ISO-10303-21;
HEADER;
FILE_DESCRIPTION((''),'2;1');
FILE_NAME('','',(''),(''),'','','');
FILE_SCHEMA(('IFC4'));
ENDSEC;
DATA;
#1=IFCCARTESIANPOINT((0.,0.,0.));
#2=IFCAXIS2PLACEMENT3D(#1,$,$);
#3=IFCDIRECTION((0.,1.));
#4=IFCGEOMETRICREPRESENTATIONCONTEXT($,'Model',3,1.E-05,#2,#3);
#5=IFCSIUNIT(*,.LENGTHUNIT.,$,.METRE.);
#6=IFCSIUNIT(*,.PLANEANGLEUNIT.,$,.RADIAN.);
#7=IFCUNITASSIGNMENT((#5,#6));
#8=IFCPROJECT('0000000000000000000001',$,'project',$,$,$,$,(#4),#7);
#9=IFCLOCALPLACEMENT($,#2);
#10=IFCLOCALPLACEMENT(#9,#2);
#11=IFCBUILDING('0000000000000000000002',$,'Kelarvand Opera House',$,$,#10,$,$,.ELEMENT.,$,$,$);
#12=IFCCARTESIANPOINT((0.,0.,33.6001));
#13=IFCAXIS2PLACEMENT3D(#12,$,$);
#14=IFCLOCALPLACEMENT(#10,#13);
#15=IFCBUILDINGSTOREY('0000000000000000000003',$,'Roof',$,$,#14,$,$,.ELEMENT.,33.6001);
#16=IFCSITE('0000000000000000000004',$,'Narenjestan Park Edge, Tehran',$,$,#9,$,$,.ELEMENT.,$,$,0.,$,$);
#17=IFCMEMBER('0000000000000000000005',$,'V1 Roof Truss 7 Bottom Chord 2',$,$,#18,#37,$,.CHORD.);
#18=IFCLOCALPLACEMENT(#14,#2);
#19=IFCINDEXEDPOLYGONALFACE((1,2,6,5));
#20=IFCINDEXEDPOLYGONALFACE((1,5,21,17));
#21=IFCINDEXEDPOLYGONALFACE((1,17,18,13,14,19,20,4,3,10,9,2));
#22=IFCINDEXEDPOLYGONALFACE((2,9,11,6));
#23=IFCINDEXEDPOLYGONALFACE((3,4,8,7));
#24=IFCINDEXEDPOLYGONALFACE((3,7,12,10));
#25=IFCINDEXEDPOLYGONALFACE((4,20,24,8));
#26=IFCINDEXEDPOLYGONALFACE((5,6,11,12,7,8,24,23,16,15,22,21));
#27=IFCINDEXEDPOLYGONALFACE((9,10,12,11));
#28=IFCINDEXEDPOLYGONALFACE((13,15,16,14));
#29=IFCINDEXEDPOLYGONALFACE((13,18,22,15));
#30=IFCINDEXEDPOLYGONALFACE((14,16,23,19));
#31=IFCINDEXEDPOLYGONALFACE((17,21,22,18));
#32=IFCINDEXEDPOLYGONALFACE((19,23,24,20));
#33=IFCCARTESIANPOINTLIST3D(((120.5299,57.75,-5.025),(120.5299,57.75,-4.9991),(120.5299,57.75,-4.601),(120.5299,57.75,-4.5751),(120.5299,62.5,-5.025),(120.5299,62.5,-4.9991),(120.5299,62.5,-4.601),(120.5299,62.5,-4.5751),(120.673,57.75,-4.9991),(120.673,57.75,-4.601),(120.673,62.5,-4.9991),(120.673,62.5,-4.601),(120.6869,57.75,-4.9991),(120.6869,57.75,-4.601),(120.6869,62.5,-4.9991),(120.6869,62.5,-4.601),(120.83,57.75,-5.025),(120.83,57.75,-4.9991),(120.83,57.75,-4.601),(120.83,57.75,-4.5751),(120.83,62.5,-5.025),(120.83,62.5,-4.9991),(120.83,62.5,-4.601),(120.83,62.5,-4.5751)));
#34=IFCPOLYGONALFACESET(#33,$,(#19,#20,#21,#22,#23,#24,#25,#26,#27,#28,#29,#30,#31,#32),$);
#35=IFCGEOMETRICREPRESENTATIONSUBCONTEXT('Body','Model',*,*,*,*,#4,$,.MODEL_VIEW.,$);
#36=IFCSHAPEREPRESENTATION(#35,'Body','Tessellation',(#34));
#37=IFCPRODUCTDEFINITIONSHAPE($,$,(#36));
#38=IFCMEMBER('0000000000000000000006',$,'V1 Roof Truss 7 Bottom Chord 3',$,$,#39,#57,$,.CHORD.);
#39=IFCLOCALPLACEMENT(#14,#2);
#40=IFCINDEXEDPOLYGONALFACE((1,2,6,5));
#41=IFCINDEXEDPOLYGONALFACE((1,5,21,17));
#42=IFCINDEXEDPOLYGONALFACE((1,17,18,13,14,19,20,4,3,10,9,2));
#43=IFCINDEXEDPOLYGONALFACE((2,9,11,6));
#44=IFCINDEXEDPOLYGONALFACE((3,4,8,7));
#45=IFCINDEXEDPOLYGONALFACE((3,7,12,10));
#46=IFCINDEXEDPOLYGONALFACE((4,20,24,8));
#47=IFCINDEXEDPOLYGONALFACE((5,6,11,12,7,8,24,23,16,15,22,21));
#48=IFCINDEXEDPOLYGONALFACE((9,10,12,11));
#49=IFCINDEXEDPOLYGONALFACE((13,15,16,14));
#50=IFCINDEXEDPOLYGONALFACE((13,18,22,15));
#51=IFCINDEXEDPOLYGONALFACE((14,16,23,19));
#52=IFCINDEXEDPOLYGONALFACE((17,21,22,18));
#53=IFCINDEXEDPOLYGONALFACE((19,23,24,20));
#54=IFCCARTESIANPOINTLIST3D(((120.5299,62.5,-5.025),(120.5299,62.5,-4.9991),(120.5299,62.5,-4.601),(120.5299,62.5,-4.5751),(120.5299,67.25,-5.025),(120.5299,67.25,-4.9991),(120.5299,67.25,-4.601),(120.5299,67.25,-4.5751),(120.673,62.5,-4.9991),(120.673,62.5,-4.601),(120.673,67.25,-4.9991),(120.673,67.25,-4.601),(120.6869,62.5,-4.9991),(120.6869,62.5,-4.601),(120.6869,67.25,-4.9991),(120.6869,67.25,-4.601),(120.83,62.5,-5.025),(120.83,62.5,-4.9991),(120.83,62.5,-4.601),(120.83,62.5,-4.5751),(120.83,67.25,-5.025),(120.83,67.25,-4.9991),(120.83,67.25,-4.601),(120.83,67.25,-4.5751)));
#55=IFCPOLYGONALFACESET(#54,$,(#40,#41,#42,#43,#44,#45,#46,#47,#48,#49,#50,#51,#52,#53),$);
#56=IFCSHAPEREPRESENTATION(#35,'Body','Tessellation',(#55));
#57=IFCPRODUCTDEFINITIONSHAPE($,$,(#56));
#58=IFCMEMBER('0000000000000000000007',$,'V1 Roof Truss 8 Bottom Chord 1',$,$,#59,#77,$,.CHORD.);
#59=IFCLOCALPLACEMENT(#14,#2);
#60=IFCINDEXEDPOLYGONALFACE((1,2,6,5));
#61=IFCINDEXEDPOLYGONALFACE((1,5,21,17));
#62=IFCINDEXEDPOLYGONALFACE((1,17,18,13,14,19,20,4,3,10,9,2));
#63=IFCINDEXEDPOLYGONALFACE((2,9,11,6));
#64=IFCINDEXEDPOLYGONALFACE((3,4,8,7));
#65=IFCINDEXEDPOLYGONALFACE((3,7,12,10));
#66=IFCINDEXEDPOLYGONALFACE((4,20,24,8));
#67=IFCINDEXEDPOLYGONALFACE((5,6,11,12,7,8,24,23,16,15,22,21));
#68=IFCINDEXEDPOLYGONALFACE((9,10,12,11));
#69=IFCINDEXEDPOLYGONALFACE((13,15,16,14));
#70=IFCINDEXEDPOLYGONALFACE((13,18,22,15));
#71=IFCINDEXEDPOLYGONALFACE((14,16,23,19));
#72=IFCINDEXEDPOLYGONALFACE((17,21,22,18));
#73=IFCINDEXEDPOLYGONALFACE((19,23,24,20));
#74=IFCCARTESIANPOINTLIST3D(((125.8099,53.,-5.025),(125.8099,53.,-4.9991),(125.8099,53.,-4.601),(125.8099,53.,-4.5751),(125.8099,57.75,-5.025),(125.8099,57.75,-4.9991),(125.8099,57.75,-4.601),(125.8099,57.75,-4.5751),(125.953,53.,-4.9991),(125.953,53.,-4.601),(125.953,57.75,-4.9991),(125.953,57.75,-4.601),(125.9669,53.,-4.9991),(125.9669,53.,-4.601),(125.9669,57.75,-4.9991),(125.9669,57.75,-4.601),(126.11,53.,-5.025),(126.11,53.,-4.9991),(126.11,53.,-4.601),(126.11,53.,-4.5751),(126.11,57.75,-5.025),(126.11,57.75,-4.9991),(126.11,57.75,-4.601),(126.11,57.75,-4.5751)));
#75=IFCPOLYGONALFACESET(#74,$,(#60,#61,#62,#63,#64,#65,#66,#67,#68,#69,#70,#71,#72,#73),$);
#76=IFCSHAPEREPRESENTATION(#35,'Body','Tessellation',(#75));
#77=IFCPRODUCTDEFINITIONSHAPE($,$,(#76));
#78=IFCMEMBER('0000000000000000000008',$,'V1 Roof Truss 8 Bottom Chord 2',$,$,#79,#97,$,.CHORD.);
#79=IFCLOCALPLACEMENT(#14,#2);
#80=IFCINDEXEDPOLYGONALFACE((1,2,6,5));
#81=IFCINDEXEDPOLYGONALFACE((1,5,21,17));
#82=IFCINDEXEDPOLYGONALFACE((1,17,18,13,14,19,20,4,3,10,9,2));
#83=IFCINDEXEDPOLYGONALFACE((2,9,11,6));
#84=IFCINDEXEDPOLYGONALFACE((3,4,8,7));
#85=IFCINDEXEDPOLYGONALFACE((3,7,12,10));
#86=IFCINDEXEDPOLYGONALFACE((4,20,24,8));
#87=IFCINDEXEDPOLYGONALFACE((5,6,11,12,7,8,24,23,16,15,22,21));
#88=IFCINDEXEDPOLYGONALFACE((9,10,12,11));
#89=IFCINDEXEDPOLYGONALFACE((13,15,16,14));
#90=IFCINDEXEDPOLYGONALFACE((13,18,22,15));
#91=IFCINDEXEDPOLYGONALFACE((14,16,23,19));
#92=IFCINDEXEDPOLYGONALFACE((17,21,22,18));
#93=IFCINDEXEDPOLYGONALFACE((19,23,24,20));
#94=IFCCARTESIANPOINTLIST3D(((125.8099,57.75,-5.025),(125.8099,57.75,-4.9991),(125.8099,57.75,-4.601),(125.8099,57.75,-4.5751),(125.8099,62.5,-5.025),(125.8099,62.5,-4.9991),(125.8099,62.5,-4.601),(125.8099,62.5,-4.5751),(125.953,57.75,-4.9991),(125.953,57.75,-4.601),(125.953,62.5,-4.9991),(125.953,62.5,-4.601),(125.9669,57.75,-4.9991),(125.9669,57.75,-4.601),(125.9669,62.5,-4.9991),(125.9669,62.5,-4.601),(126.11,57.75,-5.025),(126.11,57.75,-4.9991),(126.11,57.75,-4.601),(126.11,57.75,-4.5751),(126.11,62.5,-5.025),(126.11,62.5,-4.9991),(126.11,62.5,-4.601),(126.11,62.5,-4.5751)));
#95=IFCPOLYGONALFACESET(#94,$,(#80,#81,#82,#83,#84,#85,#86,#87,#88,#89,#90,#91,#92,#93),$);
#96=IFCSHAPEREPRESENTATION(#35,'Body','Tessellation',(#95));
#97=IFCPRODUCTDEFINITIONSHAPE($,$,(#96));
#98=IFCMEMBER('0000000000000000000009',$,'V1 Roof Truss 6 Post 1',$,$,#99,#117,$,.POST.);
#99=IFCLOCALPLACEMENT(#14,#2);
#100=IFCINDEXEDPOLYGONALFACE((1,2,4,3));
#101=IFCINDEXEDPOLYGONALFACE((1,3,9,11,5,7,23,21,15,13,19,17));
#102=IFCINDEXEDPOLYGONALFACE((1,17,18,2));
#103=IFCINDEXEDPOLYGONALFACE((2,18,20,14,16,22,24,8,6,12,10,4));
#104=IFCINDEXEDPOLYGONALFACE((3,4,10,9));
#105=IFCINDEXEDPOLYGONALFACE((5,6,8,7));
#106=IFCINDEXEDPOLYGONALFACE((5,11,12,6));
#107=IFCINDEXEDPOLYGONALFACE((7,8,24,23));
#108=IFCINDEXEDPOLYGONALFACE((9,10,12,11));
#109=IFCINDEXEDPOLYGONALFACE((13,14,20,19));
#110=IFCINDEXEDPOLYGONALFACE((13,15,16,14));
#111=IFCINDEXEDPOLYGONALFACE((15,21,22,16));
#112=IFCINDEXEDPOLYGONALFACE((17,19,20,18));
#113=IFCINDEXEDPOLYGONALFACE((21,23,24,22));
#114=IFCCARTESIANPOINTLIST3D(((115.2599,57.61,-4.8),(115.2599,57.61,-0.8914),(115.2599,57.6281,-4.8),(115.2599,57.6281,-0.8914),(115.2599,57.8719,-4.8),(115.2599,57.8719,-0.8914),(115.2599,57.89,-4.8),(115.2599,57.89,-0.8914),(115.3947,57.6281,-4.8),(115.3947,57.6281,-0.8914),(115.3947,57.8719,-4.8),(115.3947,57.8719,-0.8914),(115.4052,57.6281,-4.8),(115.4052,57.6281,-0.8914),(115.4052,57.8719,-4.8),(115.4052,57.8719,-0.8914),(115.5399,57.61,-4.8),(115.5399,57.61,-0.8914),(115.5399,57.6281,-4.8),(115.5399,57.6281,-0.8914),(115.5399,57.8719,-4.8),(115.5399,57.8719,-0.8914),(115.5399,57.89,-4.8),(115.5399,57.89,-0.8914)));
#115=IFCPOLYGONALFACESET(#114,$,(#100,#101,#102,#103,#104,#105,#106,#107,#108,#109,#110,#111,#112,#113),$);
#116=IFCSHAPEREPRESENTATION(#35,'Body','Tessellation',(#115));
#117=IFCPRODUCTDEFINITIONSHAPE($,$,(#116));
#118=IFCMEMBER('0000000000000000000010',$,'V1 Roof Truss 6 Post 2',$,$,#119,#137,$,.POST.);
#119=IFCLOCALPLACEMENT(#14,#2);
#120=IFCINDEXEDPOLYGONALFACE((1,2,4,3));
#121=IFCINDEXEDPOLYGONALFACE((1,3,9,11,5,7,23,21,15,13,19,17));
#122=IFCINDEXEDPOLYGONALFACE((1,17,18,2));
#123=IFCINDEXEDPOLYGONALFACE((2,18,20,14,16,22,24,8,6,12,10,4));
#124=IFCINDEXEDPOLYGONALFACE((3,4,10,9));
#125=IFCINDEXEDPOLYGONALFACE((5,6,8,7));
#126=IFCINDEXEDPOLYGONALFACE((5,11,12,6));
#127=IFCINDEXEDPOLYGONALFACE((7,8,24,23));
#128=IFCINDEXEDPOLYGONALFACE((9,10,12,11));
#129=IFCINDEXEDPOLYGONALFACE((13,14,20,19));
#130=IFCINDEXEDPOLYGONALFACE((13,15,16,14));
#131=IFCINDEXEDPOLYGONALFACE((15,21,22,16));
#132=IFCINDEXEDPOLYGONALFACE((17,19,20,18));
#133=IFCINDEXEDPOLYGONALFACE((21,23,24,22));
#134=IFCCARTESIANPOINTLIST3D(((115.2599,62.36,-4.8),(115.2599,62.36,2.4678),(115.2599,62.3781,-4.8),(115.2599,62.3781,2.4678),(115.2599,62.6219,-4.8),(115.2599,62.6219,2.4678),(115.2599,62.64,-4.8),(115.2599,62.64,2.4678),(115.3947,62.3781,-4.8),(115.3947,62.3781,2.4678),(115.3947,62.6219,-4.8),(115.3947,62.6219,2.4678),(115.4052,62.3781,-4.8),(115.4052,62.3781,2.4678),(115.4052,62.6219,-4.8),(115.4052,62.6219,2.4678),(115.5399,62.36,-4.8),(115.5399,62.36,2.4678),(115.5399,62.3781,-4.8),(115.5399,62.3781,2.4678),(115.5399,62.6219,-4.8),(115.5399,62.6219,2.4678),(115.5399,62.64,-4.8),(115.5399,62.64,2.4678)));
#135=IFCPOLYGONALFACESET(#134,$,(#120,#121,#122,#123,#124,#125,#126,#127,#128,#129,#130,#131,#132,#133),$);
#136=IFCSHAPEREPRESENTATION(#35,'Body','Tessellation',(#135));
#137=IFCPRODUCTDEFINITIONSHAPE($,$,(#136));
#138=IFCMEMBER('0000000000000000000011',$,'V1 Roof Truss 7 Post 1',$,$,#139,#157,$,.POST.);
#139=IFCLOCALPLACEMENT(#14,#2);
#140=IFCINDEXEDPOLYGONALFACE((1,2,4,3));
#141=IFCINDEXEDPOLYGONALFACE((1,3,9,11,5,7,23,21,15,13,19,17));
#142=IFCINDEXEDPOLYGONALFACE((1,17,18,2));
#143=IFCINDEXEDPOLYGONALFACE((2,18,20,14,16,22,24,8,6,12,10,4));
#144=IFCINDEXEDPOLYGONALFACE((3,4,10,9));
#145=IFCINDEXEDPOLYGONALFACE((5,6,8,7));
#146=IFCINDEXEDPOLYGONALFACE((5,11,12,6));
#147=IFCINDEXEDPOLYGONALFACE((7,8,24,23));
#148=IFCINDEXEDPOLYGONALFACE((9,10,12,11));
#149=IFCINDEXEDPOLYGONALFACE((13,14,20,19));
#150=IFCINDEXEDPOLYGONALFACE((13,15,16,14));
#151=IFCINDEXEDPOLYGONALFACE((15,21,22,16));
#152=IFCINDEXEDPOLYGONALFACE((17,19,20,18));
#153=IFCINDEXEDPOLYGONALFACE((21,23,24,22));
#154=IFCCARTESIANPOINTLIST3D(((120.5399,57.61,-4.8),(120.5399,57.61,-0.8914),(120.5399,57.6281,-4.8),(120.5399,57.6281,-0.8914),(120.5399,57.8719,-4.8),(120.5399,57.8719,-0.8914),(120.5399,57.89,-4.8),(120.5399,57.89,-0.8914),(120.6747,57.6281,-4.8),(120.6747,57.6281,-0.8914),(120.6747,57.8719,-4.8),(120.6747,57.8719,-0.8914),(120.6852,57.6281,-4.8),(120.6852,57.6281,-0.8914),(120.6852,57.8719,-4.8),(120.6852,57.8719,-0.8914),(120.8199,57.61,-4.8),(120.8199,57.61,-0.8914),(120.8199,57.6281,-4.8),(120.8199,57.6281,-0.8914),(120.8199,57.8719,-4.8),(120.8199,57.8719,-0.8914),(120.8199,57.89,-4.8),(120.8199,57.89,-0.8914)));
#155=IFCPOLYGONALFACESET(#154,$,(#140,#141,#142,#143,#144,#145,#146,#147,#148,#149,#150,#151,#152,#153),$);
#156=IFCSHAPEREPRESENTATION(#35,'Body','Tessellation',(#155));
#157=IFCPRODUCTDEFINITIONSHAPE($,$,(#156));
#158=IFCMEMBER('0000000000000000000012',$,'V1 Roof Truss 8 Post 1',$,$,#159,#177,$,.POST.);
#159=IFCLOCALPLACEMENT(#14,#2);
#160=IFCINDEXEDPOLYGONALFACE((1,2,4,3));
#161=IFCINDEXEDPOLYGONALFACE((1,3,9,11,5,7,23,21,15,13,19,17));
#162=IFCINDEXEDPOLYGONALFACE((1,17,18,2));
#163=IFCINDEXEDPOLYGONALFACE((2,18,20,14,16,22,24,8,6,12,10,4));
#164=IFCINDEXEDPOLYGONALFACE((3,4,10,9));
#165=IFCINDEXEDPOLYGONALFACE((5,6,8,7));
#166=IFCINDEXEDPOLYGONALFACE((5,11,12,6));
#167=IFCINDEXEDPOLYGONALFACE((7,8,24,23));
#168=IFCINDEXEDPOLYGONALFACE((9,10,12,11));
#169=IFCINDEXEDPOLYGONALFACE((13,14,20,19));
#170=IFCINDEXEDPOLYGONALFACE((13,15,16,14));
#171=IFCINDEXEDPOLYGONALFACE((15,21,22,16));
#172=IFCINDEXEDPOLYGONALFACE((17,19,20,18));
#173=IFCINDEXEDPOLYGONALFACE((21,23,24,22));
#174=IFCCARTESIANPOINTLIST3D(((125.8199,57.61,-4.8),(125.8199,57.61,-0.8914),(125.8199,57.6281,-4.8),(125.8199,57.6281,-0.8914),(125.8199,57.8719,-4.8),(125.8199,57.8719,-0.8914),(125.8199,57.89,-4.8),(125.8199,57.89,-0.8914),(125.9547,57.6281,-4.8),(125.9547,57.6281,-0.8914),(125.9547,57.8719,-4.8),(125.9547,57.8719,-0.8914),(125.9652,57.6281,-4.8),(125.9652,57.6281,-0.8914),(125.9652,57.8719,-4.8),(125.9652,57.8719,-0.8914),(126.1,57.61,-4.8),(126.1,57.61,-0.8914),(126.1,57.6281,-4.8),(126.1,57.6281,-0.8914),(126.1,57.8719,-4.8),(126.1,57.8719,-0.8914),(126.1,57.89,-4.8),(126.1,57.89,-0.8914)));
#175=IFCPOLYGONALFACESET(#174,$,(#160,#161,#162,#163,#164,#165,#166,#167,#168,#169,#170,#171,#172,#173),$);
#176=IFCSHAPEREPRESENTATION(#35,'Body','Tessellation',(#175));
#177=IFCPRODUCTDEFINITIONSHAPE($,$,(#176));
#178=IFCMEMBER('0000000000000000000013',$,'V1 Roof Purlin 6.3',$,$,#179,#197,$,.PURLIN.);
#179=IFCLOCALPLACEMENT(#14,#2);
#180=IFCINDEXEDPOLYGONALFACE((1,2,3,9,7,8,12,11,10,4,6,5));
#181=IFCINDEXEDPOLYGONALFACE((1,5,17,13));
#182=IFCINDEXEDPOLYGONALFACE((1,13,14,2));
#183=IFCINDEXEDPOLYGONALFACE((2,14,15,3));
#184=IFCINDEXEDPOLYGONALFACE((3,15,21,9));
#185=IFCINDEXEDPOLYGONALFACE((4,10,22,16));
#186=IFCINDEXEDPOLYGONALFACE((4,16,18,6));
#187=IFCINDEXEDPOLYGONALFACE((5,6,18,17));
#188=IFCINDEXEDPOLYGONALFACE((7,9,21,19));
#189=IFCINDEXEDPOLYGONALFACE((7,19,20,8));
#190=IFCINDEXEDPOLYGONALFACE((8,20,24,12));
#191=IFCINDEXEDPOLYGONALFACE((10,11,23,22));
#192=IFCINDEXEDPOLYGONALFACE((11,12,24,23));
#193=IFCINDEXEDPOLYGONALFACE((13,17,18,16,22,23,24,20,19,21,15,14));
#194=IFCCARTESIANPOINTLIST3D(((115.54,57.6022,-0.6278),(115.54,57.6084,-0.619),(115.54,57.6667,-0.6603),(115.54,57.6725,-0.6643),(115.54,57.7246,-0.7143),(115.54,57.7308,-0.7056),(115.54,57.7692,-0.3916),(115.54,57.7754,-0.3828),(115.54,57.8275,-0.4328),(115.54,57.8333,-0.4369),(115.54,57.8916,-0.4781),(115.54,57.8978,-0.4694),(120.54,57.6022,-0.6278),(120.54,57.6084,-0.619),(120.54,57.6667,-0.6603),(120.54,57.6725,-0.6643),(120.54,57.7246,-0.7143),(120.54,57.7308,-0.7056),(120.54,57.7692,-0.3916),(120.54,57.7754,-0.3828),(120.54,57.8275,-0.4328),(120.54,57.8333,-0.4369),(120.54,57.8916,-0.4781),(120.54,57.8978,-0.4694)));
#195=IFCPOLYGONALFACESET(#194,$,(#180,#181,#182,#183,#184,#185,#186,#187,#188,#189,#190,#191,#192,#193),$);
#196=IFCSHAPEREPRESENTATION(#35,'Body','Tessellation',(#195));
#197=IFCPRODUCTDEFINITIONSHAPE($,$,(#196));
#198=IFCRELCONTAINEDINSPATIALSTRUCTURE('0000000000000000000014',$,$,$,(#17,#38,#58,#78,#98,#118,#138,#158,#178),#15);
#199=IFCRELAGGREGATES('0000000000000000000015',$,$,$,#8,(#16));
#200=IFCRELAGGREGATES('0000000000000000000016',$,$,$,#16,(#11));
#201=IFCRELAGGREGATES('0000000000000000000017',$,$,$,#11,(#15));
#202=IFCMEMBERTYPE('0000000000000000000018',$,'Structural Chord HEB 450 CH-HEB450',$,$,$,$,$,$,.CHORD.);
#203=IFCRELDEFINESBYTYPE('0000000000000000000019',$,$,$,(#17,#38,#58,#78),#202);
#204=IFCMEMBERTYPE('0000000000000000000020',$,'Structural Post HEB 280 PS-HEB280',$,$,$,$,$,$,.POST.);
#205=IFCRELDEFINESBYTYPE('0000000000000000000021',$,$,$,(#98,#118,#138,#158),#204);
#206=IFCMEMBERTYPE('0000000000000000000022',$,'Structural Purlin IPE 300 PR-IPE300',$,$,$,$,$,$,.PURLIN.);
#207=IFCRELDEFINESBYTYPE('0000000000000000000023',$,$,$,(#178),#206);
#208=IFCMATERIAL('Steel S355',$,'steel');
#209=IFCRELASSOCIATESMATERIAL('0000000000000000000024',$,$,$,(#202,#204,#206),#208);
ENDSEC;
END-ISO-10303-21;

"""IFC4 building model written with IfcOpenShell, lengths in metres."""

from ifc_helpers import new_model, si_unit, direction, frame, origin, origin_2d, place, context, subcontext, project, spatial, i_section, extrude, material, material_profile, profile_set, type_object, element, save


model = new_model("IFC4")

# Units and contexts
model_context = context("Model", 3, precision=1e-05, world=origin(), true_north=direction((0.0, 1.0)))
body_context = subcontext(model_context, "Body", "Model", "MODEL_VIEW")
ifc_project = project(units=[si_unit("LENGTHUNIT", "METRE"), si_unit("PLANEANGLEUNIT", "RADIAN")], contexts=[model_context])

# Site, building, storey
site_placement = place(None, origin())
site = spatial("IfcSite", under=ifc_project, at=site_placement, Name="Narenjestan Park Edge, Tehran", CompositionType="ELEMENT", RefElevation=0.0)
building_placement = place(site_placement, origin())
building = spatial("IfcBuilding", under=site, at=building_placement, Name="Kelarvand Opera House", CompositionType="ELEMENT")
storey_placement = place(building_placement, frame((0.0, 0.0, 33.6001)))
storey = spatial("IfcBuildingStorey", under=building, at=storey_placement, Name="Roof", CompositionType="ELEMENT", Elevation=33.6001)

# Members
ifc_material = material(Name="Steel S355", Category="steel")
ifc_material_profile_1 = material_profile(ifc_material, i_section(OverallWidth=0.3, OverallDepth=0.45, WebThickness=0.0139, FlangeThickness=0.0259, at=origin_2d()), Name="HEB 450", Category="steel")
ifc_profile_set_1 = profile_set([ifc_material_profile_1], Name="Steel S355")
member_type_1 = type_object("IfcMemberType", Name="Structural Chord HEB 450 CH-HEB450", PredefinedType="CHORD", material=ifc_profile_set_1)
for number, where, z_axis, x_axis, name in (
    (1, (120.6799, 57.75, -4.8), (0.0, 1.0, 0.0), (-1.0, 0.0, 0.0), "V1 Roof Truss 7 Bottom Chord 2"),
    (2, (120.6799, 62.5, -4.8), (0.0, 1.0, 0.0), (-1.0, 0.0, 0.0), "V1 Roof Truss 7 Bottom Chord 3"),
    (3, (125.96, 53.0, -4.8), (0.0, 1.0, 0.0), (-1.0, 0.0, 0.0), "V1 Roof Truss 8 Bottom Chord 1"),
    (4, (125.96, 57.75, -4.8), (0.0, 1.0, 0.0), (-1.0, 0.0, 0.0), "V1 Roof Truss 8 Bottom Chord 2"),
):
    element("IfcMember", number, at=place(storey_placement, frame(where, z_axis=z_axis, x_axis=x_axis)), inside=storey, type_object=member_type_1, Name=name, PredefinedType="CHORD", context=body_context, shape_type="SweptSolid", body=[
        extrude(i_section(OverallWidth=0.3, OverallDepth=0.45, WebThickness=0.0139, FlangeThickness=0.0259, at=origin_2d()), origin(), (0.0, 0.0, 1.0), 4.75),
    ])
ifc_material_profile_2 = material_profile(ifc_material, i_section(OverallWidth=0.28, OverallDepth=0.28, WebThickness=0.0105, FlangeThickness=0.0181, at=origin_2d()), Name="HEB 280", Category="steel")
ifc_profile_set_2 = profile_set([ifc_material_profile_2], Name="Steel S355")
member_type_2 = type_object("IfcMemberType", Name="Structural Post HEB 280 PS-HEB280", PredefinedType="POST", material=ifc_profile_set_2)
member_1_placement = place(storey_placement, frame((115.3999, 57.75, -4.8), z_axis=(0.0, 0.0, 1.0), x_axis=(1.0, 0.0, 0.0)))
element("IfcMember", 5, at=member_1_placement, inside=storey, type_object=member_type_2, Name="V1 Roof Truss 6 Post 1", PredefinedType="POST", context=body_context, shape_type="SweptSolid", body=[
    extrude(i_section(OverallWidth=0.28, OverallDepth=0.28, WebThickness=0.0105, FlangeThickness=0.0181, at=origin_2d()), origin(), (0.0, 0.0, 1.0), 3.9087),
])
member_2_placement = place(storey_placement, frame((115.3999, 62.5, -4.8), z_axis=(0.0, 0.0, 1.0), x_axis=(1.0, 0.0, 0.0)))
element("IfcMember", 6, at=member_2_placement, inside=storey, type_object=member_type_2, Name="V1 Roof Truss 6 Post 2", PredefinedType="POST", context=body_context, shape_type="SweptSolid", body=[
    extrude(i_section(OverallWidth=0.28, OverallDepth=0.28, WebThickness=0.0105, FlangeThickness=0.0181, at=origin_2d()), origin(), (0.0, 0.0, 1.0), 7.2678),
])
for number, where, z_axis, x_axis, name in (
    (7, (120.6799, 57.75, -4.8), (0.0, 0.0, 1.0), (1.0, 0.0, 0.0), "V1 Roof Truss 7 Post 1"),
    (8, (125.96, 57.75, -4.8), (0.0, 0.0, 1.0), (1.0, 0.0, 0.0), "V1 Roof Truss 8 Post 1"),
):
    element("IfcMember", number, at=place(storey_placement, frame(where, z_axis=z_axis, x_axis=x_axis)), inside=storey, type_object=member_type_2, Name=name, PredefinedType="POST", context=body_context, shape_type="SweptSolid", body=[
        extrude(i_section(OverallWidth=0.28, OverallDepth=0.28, WebThickness=0.0105, FlangeThickness=0.0181, at=origin_2d()), origin(), (0.0, 0.0, 1.0), 3.9087),
    ])
ifc_material_profile_3 = material_profile(ifc_material, i_section(OverallWidth=0.1499, OverallDepth=0.3, WebThickness=0.0071, FlangeThickness=0.0107, at=origin_2d()), Name="IPE 300", Category="steel")
ifc_profile_set_3 = profile_set([ifc_material_profile_3], Name="Steel S355")
member_type_3 = type_object("IfcMemberType", Name="Structural Purlin IPE 300 PR-IPE300", PredefinedType="PURLIN", material=ifc_profile_set_3)
for number, where, z_axis, x_axis, name in (
    (9, (115.54, 57.75, -0.5486), (1.0, 0.0, 0.0), (0.0, 0.81644, -0.57743), "V1 Roof Purlin 6.3"),
):
    element("IfcMember", number, at=place(storey_placement, frame(where, z_axis=z_axis, x_axis=x_axis)), inside=storey, type_object=member_type_3, Name=name, PredefinedType="PURLIN", context=body_context, shape_type="SweptSolid", body=[
        extrude(i_section(OverallWidth=0.1499, OverallDepth=0.3, WebThickness=0.0071, FlangeThickness=0.0107, at=origin_2d()), origin(), (0.0, 0.0, 1.0), 5.0),
    ])

save(model, "model.ifc")
